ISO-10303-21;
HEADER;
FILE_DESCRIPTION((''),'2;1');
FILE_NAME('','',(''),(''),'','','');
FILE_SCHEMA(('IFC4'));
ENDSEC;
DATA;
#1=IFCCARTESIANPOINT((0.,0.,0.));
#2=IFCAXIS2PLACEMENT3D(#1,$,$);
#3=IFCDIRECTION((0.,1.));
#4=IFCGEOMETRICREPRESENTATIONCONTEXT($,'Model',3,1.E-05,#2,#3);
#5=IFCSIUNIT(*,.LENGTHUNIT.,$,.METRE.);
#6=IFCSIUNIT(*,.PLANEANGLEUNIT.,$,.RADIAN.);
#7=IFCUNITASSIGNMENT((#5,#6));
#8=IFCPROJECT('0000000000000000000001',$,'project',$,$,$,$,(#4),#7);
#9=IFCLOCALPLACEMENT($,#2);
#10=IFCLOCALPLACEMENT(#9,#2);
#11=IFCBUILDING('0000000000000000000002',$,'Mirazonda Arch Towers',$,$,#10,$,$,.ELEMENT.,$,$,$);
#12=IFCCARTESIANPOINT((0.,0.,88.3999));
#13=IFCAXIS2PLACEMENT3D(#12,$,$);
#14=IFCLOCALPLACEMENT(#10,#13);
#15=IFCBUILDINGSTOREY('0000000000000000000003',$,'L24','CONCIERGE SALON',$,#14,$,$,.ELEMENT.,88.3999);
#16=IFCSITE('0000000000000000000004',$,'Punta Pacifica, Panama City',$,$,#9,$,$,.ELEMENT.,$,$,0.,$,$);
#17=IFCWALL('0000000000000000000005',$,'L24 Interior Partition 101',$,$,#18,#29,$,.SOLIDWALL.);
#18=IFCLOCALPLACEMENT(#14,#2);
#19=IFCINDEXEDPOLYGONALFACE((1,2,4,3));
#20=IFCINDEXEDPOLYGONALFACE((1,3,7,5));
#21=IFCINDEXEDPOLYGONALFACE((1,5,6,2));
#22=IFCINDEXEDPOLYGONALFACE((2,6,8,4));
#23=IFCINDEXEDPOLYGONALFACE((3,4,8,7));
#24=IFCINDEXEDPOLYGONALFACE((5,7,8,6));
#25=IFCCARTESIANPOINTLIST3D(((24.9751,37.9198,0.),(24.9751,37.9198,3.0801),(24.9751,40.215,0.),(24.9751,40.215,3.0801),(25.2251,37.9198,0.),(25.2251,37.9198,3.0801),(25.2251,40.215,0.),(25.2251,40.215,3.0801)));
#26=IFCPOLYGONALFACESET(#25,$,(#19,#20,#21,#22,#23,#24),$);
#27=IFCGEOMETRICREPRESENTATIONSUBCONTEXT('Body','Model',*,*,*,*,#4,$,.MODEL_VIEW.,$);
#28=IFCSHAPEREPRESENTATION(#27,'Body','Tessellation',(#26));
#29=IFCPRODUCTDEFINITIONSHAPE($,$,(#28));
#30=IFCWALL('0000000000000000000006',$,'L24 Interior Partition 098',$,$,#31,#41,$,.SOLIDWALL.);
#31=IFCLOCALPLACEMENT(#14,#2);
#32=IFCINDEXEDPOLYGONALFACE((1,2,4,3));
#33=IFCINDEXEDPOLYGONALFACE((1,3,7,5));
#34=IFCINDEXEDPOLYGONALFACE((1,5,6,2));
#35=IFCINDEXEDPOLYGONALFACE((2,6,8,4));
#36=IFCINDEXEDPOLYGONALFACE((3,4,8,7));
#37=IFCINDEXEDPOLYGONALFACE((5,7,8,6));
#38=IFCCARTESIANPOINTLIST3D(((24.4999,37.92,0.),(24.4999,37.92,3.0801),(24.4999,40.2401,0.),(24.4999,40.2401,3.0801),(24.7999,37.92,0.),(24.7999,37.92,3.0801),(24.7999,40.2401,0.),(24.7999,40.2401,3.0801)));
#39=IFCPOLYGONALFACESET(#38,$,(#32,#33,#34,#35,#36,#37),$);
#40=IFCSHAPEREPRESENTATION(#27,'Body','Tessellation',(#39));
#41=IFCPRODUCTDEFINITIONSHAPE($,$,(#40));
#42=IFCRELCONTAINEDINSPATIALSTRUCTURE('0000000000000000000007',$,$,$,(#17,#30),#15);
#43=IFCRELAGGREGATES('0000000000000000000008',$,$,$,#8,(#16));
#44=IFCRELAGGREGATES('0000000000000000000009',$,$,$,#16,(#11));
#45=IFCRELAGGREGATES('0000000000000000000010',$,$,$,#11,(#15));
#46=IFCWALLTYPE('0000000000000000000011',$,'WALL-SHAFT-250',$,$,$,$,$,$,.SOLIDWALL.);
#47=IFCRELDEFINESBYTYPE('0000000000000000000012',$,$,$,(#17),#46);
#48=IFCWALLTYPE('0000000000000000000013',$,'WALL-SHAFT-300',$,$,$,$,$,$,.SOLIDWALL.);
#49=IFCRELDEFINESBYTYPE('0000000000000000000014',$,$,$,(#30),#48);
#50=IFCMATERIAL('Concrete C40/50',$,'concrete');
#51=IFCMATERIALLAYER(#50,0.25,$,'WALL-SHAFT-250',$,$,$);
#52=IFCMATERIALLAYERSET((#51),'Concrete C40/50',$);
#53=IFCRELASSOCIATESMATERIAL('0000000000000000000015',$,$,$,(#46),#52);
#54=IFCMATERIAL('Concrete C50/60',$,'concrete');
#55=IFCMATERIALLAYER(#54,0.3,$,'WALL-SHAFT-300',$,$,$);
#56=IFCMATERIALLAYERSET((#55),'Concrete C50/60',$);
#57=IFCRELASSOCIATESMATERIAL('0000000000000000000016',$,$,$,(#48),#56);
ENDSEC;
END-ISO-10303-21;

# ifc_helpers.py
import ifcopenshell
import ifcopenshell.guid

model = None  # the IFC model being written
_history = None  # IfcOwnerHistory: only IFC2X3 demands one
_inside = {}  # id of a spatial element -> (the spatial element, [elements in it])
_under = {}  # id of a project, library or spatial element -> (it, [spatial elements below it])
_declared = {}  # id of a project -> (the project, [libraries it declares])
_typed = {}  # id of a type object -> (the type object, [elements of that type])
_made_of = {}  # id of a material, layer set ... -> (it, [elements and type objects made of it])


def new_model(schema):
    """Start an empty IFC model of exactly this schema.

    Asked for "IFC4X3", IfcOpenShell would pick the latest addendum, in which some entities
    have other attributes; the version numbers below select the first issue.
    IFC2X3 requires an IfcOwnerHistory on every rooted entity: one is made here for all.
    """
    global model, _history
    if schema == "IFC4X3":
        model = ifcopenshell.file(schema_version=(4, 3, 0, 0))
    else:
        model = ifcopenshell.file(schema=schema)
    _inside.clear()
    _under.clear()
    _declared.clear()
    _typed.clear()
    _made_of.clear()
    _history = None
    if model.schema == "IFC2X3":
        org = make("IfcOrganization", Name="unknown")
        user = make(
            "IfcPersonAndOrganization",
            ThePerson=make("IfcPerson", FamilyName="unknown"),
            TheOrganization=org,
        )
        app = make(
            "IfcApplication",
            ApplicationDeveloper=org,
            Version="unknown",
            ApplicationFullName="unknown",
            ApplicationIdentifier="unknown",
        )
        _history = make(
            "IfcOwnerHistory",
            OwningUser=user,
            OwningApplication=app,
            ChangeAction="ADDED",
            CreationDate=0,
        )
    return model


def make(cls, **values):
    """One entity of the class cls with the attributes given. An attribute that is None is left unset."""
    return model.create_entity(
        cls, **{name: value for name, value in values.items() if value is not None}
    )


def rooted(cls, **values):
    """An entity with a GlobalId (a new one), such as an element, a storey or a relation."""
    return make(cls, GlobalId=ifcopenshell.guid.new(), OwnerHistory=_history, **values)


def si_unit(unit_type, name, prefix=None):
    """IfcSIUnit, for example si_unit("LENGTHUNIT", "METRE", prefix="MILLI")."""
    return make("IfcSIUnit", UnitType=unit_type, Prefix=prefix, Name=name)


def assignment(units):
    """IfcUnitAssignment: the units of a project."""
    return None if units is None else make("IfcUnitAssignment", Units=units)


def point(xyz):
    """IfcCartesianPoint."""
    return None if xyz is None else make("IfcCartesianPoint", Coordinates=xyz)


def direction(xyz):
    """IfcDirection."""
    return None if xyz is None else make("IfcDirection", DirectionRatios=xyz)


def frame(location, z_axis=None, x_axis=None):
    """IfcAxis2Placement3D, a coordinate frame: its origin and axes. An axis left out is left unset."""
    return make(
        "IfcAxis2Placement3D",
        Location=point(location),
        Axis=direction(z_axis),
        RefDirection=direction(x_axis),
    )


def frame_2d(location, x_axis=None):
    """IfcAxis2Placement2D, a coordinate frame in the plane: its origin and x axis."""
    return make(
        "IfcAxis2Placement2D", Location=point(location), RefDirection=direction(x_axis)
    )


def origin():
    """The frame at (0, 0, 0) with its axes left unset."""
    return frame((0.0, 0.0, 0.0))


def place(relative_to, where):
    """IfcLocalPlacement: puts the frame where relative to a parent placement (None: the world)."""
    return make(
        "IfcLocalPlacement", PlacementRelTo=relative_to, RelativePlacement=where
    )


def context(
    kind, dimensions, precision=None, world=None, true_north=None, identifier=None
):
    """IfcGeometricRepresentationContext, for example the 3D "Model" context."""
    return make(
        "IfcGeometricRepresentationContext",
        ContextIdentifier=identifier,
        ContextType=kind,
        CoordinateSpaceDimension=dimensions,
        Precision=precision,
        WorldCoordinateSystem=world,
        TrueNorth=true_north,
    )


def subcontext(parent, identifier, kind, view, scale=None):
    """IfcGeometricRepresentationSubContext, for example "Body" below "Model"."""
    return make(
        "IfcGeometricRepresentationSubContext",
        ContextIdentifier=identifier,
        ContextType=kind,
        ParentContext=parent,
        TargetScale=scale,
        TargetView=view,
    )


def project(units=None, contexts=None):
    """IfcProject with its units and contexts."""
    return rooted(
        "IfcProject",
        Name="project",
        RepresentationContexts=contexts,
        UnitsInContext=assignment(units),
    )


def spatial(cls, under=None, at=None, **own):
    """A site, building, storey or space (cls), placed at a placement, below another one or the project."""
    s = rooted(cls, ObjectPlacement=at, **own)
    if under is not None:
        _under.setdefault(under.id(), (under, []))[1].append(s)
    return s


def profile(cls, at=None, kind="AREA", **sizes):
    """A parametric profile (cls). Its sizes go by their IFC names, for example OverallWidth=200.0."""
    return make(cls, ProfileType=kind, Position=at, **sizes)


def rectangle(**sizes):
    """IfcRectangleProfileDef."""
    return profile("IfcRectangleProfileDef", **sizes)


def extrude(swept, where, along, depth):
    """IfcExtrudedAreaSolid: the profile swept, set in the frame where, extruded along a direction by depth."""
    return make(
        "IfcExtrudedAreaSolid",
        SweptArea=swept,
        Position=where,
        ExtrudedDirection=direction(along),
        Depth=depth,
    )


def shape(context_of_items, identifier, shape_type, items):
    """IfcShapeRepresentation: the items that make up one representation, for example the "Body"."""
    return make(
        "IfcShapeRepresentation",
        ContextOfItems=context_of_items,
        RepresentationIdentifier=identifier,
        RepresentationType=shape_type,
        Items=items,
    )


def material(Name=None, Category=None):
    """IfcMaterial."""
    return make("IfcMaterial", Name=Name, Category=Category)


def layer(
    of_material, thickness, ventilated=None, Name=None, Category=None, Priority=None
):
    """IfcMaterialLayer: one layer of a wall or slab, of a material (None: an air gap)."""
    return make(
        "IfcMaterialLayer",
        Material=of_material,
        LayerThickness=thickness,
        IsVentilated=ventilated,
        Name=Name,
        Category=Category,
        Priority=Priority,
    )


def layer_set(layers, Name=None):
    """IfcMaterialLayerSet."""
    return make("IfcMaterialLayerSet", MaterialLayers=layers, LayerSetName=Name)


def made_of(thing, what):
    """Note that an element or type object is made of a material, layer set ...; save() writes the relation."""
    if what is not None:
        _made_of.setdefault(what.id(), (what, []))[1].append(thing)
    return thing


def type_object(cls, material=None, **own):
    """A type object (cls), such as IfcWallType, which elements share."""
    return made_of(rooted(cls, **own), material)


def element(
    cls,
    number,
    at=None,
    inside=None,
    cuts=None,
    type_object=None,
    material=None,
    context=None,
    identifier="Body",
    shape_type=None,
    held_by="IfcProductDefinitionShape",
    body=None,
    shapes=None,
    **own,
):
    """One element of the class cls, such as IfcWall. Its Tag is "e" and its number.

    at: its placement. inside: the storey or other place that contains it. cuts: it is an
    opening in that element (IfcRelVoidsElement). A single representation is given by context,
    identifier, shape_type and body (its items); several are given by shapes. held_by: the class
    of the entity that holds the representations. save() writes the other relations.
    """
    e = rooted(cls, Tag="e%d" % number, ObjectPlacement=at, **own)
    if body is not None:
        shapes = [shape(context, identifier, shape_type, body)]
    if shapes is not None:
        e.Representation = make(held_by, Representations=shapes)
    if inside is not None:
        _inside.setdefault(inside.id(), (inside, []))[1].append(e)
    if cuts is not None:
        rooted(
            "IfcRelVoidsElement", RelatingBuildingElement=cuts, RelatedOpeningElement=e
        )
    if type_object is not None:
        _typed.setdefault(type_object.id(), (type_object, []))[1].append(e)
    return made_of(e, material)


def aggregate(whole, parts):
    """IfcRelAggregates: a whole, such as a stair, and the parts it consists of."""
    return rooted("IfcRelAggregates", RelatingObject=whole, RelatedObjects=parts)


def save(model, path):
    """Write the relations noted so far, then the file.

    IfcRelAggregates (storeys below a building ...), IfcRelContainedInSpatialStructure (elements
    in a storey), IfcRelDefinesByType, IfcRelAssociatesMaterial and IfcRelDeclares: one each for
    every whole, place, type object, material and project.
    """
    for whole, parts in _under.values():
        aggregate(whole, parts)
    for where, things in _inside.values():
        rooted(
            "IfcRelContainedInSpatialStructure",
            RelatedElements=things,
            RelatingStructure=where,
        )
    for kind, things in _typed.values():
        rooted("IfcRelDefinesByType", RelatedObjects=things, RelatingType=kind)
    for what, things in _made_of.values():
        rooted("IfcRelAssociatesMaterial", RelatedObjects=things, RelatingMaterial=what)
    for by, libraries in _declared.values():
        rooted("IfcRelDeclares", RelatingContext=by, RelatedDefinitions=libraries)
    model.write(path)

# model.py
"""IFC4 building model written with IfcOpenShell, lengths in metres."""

from ifc_helpers import new_model, si_unit, direction, frame, frame_2d, origin, place, context, subcontext, project, spatial, rectangle, extrude, material, layer, layer_set, type_object, element, save


model = new_model("IFC4")

# Units and contexts
model_context = context("Model", 3, precision=1e-05, world=origin(), true_north=direction((0.0, 1.0)))
body_context = subcontext(model_context, "Body", "Model", "MODEL_VIEW")
ifc_project = project(units=[si_unit("LENGTHUNIT", "METRE"), si_unit("PLANEANGLEUNIT", "RADIAN")], contexts=[model_context])

# Site, building, storey
site_placement = place(None, origin())
site = spatial("IfcSite", under=ifc_project, at=site_placement, Name="Punta Pacifica, Panama City", CompositionType="ELEMENT", RefElevation=0.0)
building_placement = place(site_placement, origin())
building = spatial("IfcBuilding", under=site, at=building_placement, Name="Mirazonda Arch Towers", CompositionType="ELEMENT")
storey_placement = place(building_placement, frame((0.0, 0.0, 88.3999)))
storey = spatial("IfcBuildingStorey", under=building, at=storey_placement, Name="L24", Description="CONCIERGE SALON", CompositionType="ELEMENT", Elevation=88.3999)

# Shared definitions
ifc_material_1 = material(Name="Concrete C50/60", Category="concrete")

# Shared definitions
ifc_material_2 = material(Name="Concrete C40/50", Category="concrete")

# Walls
ifc_layer_1 = layer(ifc_material_2, 0.25, Name="WALL-SHAFT-250")
ifc_layer_set_1 = layer_set([ifc_layer_1], Name="Concrete C40/50")
wall_type_1 = type_object("IfcWallType", Name="WALL-SHAFT-250", PredefinedType="SOLIDWALL", material=ifc_layer_set_1)
wall_1_placement = place(storey_placement, frame((25.1001, 37.9199, 0.0), z_axis=(0.0, 0.0, 1.0), x_axis=(0.0, 1.0, 0.0)))
element("IfcWall", 1, at=wall_1_placement, inside=storey, type_object=wall_type_1, Name="L24 Interior Partition 101", PredefinedType="SOLIDWALL", context=body_context, shape_type="SweptSolid", body=[
    extrude(rectangle(XDim=2.2952, YDim=0.25, at=frame_2d((1.1475, 0.0))), origin(), (0.0, 0.0, 1.0), 3.0801),
])
ifc_layer_2 = layer(ifc_material_1, 0.3, Name="WALL-SHAFT-300")
ifc_layer_set_2 = layer_set([ifc_layer_2], Name="Concrete C50/60")
wall_type_2 = type_object("IfcWallType", Name="WALL-SHAFT-300", PredefinedType="SOLIDWALL", material=ifc_layer_set_2)
wall_2_placement = place(storey_placement, frame((24.6499, 37.9199, 0.0), z_axis=(0.0, 0.0, 1.0), x_axis=(0.0, 1.0, 0.0)))
element("IfcWall", 2, at=wall_2_placement, inside=storey, type_object=wall_type_2, Name="L24 Interior Partition 098", PredefinedType="SOLIDWALL", context=body_context, shape_type="SweptSolid", body=[
    extrude(rectangle(XDim=2.3201, YDim=0.3, at=frame_2d((1.1602, 0.0))), origin(), (0.0, 0.0, 1.0), 3.0801),
])

save(model, "model.ifc")
